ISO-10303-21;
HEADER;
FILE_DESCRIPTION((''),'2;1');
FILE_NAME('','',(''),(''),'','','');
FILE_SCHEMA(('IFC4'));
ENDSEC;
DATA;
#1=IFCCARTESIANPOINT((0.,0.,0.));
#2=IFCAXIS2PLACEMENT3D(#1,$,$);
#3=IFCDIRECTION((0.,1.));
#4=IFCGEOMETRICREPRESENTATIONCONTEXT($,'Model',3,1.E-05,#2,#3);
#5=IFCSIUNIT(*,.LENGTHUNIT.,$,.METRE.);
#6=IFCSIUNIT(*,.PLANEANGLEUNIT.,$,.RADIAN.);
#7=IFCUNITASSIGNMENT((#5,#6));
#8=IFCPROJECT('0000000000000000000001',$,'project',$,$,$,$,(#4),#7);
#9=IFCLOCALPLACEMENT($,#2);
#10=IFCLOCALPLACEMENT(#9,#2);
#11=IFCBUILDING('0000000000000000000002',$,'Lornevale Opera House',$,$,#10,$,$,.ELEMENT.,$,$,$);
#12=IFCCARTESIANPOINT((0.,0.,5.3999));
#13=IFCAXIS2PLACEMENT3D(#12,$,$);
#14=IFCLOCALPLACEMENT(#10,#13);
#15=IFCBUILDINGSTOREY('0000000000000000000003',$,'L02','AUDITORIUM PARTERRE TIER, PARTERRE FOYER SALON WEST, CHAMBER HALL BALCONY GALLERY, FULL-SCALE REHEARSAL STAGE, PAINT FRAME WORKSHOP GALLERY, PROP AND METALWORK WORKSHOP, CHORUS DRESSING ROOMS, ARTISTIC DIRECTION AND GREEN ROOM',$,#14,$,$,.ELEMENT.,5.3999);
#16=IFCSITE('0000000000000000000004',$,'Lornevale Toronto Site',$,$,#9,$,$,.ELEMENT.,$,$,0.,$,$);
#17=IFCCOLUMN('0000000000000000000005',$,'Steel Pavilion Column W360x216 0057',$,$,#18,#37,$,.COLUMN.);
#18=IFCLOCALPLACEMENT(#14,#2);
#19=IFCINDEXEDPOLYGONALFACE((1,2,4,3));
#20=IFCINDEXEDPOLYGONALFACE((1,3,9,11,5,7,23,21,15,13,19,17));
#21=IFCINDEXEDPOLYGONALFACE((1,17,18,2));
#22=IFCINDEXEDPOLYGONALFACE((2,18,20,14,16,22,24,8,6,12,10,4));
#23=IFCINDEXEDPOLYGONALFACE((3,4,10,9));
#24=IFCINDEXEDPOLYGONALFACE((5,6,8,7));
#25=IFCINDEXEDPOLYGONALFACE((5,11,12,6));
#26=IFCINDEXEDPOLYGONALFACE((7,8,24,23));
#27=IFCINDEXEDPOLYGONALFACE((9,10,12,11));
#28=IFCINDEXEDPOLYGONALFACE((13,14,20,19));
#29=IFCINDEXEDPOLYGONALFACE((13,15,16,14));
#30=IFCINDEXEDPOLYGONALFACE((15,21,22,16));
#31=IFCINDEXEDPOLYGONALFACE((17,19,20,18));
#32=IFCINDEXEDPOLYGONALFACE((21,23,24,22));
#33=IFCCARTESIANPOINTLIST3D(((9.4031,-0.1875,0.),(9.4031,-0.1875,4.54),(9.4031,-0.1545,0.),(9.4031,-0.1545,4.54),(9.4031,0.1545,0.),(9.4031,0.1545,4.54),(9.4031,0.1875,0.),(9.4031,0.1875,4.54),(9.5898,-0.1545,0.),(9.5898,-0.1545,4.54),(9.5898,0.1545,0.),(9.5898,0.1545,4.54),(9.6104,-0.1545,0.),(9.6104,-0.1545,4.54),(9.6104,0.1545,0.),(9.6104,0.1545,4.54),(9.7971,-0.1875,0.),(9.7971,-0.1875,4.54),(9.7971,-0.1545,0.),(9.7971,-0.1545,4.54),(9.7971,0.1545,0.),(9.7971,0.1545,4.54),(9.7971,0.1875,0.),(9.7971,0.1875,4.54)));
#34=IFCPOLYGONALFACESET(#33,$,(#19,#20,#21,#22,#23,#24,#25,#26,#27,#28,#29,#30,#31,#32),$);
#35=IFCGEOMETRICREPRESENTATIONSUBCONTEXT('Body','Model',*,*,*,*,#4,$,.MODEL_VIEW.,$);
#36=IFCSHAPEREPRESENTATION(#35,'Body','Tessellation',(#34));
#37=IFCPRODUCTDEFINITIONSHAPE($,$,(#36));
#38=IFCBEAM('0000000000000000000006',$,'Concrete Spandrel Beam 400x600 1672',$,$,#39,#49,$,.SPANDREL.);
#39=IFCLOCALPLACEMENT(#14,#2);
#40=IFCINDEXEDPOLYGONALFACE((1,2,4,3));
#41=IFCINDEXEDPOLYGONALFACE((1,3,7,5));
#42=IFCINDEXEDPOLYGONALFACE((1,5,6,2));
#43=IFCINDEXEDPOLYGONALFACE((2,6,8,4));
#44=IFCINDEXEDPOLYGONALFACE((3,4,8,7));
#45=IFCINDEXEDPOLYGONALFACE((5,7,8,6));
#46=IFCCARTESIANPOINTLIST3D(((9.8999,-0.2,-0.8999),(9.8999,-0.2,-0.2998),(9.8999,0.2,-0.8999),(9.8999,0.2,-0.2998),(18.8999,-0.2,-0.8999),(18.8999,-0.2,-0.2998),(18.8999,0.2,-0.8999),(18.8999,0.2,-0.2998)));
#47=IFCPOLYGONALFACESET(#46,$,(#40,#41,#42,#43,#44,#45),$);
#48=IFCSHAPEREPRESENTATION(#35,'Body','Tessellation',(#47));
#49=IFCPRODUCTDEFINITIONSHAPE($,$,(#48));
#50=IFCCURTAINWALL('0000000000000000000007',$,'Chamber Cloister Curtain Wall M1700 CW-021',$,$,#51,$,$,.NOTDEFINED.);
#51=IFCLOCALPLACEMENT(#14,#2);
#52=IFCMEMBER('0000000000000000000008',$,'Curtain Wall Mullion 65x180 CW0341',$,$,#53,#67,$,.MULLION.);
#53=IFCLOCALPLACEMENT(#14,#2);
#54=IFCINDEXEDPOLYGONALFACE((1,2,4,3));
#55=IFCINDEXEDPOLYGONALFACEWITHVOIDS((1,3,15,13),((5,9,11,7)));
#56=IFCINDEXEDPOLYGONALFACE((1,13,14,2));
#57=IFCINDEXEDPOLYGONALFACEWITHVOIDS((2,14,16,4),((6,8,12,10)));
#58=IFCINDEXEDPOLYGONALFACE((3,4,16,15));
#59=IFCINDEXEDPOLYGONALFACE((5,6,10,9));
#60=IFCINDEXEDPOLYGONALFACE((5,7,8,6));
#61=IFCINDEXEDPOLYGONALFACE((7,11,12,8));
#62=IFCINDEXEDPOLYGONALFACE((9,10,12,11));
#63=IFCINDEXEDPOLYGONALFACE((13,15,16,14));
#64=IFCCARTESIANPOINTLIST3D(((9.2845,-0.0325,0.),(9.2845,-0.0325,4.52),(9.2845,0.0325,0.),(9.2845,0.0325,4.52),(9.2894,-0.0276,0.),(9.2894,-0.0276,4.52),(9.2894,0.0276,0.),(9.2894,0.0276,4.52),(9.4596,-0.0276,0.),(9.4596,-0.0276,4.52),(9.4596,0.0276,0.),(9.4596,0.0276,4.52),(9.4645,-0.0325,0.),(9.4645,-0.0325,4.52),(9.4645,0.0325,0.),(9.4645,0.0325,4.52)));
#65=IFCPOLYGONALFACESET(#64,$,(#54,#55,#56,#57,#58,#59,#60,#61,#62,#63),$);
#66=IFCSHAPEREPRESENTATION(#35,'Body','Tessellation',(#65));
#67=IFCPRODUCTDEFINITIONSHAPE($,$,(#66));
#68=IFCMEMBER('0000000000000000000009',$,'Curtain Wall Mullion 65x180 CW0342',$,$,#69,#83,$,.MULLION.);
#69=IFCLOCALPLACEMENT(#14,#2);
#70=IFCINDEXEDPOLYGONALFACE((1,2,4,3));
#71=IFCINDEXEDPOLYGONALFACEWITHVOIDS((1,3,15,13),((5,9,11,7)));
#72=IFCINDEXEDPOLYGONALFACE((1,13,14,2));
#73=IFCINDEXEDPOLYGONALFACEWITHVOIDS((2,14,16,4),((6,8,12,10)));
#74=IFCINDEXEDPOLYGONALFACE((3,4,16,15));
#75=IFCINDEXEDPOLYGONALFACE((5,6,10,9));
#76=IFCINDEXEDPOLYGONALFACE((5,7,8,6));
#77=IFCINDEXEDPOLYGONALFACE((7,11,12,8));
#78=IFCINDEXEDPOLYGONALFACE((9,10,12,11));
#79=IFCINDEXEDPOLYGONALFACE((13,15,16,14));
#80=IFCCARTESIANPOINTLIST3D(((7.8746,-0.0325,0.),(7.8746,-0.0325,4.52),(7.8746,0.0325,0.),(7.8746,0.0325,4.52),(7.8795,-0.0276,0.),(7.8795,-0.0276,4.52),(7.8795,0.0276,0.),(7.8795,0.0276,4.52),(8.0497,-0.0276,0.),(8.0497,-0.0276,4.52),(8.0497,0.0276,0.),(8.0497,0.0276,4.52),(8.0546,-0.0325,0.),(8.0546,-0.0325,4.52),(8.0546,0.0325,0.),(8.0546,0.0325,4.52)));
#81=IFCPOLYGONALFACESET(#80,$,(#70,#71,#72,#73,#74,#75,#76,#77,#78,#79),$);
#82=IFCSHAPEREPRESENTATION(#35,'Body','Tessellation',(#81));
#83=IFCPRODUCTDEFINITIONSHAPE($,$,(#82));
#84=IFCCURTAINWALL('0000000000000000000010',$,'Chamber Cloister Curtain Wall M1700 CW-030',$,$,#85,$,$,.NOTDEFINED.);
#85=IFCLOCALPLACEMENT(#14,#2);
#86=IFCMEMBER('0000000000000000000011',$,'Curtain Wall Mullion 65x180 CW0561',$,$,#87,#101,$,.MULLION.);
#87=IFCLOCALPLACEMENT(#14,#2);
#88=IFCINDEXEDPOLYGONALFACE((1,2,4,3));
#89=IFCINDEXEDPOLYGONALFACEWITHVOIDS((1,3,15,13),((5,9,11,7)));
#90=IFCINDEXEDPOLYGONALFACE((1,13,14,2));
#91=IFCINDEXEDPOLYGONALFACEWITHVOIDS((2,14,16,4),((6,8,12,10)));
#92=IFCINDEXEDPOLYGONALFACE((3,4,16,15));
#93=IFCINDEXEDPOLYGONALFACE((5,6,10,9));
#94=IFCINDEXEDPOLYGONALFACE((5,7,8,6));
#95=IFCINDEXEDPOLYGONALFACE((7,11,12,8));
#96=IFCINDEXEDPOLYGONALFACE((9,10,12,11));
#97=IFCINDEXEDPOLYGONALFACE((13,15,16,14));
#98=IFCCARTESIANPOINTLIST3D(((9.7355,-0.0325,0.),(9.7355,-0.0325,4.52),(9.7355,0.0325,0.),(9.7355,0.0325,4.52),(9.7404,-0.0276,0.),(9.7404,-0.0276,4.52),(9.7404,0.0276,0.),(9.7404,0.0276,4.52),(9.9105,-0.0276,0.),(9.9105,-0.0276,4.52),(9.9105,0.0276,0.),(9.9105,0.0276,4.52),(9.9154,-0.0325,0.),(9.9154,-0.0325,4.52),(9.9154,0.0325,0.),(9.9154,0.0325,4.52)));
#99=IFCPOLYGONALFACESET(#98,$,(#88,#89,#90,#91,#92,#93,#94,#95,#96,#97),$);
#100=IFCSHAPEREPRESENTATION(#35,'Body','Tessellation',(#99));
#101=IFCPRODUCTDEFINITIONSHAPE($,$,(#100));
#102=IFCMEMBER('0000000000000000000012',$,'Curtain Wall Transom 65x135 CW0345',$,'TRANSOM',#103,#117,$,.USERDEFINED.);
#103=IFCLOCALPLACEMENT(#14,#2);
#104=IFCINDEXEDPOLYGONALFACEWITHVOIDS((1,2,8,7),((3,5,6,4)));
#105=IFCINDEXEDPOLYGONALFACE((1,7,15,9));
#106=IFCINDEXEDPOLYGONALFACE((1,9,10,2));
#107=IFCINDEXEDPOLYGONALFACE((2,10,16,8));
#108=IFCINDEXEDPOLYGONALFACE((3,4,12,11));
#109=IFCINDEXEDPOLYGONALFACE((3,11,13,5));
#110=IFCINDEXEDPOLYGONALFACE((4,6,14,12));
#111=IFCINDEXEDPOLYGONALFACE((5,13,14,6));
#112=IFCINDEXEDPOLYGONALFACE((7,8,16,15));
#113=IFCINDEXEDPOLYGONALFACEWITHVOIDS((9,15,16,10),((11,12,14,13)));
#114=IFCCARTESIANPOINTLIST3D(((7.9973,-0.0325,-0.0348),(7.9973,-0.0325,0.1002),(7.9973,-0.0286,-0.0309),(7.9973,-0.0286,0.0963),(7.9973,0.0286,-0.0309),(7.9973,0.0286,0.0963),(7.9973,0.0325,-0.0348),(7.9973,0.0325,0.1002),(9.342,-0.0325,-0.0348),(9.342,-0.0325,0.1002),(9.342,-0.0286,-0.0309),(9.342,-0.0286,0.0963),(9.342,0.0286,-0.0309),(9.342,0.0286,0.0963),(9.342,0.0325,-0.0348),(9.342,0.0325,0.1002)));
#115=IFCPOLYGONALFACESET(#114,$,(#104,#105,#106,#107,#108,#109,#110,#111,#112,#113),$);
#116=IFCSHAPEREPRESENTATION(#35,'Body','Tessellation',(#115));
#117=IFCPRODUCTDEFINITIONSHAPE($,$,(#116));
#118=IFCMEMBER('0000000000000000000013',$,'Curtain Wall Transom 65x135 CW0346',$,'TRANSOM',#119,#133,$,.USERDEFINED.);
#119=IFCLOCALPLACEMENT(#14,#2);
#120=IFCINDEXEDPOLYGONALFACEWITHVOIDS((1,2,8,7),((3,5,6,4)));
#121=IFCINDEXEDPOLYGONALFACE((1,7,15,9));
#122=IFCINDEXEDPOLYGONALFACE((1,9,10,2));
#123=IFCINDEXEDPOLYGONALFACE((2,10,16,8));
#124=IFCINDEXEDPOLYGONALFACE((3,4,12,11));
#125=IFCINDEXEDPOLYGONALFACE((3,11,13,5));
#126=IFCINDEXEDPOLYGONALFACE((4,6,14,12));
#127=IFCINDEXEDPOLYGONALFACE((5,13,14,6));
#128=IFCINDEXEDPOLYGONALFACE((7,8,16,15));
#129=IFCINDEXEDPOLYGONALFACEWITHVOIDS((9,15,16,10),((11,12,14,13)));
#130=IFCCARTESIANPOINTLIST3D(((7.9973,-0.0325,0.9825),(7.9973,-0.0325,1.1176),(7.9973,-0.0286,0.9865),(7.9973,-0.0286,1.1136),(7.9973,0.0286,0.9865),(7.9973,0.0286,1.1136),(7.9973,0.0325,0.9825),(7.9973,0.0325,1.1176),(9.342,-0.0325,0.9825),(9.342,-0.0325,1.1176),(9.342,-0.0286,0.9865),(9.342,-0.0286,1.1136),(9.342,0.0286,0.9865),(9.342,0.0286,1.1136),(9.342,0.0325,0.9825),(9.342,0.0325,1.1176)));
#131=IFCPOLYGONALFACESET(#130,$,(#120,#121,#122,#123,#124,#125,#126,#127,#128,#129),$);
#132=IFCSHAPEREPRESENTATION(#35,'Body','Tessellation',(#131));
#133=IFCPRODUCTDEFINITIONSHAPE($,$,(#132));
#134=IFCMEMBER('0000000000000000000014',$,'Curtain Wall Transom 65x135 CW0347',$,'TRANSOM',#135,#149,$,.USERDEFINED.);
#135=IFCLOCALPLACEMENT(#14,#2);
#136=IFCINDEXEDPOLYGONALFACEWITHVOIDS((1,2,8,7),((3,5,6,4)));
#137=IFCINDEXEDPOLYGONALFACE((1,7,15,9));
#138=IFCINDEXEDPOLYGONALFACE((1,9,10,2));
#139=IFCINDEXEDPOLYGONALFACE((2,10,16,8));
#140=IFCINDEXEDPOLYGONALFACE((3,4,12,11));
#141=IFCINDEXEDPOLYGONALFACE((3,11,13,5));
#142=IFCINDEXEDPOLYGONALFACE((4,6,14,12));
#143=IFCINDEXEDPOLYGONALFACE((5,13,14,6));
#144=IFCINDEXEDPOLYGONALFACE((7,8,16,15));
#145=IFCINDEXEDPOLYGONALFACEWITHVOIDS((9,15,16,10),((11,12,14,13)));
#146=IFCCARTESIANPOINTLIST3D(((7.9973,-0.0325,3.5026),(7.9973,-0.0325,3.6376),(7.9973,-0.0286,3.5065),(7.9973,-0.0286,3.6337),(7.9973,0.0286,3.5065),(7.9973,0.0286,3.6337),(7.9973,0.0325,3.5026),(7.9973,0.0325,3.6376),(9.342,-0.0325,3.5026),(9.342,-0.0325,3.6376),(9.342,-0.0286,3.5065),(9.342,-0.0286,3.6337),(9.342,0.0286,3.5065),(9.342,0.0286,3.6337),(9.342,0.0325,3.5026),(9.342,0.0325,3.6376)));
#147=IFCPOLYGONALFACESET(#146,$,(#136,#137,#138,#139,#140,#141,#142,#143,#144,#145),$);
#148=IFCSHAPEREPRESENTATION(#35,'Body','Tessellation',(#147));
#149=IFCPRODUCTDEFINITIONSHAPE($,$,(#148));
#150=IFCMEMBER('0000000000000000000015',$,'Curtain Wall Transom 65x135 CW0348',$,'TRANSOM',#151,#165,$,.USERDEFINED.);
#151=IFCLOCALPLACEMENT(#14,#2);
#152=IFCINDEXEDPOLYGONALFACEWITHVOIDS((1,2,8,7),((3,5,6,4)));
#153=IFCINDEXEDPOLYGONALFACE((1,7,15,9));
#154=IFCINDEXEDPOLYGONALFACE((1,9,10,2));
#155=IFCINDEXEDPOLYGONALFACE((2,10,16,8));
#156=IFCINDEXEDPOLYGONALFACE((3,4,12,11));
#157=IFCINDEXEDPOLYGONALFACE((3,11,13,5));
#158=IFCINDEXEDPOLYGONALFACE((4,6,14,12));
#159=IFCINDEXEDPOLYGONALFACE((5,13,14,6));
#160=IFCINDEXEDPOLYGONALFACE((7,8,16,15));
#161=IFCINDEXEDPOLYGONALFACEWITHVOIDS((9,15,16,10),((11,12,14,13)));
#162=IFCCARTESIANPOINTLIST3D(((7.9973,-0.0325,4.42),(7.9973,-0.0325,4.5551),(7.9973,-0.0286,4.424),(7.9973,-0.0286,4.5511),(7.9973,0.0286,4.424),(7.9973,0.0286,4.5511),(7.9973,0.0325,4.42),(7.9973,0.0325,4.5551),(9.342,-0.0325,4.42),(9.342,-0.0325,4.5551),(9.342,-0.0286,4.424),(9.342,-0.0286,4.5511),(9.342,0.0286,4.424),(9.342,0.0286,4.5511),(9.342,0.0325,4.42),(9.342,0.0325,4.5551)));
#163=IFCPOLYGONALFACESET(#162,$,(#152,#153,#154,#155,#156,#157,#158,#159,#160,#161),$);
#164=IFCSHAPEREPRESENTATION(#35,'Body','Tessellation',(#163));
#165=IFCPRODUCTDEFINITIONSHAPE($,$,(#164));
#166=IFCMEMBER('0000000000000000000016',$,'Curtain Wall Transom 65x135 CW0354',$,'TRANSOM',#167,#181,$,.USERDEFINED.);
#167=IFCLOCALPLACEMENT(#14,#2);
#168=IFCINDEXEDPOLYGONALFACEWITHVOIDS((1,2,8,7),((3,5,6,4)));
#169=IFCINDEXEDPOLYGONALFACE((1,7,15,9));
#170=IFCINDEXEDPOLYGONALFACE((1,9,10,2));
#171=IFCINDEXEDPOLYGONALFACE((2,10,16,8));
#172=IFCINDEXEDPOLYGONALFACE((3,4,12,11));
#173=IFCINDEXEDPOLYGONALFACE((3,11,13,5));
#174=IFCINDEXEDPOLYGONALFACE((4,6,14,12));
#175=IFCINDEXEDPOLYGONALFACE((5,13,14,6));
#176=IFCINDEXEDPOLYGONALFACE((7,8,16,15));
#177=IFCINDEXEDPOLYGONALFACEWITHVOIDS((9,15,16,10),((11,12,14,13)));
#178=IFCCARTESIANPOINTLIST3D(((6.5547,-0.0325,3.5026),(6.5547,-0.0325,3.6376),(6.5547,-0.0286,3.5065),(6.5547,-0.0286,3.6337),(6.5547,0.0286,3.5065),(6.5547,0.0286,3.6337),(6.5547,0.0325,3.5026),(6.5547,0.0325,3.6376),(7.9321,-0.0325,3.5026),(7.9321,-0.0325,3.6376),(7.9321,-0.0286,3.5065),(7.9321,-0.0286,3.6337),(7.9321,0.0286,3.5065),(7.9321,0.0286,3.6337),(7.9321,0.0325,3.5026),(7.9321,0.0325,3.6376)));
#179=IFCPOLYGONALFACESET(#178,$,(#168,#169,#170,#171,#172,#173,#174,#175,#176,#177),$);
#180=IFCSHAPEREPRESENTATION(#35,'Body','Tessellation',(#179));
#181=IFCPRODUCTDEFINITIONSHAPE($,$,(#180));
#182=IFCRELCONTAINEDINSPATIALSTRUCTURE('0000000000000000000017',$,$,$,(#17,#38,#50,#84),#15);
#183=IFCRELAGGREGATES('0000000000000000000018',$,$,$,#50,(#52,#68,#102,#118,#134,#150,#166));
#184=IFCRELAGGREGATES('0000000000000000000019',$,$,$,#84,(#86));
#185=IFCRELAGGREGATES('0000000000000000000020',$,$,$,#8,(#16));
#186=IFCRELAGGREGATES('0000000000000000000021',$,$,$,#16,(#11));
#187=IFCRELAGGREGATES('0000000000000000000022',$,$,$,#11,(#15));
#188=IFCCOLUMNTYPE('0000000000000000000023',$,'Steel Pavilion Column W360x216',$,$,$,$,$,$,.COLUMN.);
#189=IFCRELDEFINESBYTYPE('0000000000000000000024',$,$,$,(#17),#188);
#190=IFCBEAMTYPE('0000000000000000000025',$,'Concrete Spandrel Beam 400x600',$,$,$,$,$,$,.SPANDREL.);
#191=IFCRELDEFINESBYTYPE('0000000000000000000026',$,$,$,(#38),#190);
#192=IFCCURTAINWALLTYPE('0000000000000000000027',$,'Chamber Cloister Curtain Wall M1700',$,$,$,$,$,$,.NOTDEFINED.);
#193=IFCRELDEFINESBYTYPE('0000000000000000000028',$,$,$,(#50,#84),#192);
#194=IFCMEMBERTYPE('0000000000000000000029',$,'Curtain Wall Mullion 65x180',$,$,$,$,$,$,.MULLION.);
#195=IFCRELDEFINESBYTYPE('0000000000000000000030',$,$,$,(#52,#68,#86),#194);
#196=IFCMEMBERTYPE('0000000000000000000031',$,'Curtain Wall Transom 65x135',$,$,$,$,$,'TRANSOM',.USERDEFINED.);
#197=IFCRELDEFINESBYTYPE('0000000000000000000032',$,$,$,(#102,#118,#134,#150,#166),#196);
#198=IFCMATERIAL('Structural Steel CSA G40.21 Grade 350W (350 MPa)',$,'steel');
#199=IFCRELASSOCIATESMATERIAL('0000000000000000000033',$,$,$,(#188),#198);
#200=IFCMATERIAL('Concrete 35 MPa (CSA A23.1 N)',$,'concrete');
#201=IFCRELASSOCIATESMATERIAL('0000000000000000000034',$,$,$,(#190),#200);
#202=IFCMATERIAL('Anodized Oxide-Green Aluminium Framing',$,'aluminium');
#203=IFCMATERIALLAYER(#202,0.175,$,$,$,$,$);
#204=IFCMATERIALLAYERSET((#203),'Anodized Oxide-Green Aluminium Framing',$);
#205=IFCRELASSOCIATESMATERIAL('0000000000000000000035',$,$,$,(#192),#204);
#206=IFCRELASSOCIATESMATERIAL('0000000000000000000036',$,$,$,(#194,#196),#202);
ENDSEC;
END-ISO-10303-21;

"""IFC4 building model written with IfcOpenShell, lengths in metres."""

from ifc_helpers import new_model, si_unit, direction, frame, origin, origin_2d, place, context, subcontext, project, spatial, rectangle, hollow_rectangle, i_section, extrude, material, layer, layer_set, material_profile, profile_set, type_object, element, aggregate, save


model = new_model("IFC4")

# Units and contexts
model_context = context("Model", 3, precision=1e-05, world=origin(), true_north=direction((0.0, 1.0)))
body_context = subcontext(model_context, "Body", "Model", "MODEL_VIEW")
ifc_project = project(units=[si_unit("LENGTHUNIT", "METRE"), si_unit("PLANEANGLEUNIT", "RADIAN")], contexts=[model_context])

# Site, building, storey
site_placement = place(None, origin())
site = spatial("IfcSite", under=ifc_project, at=site_placement, Name="Lornevale Toronto Site", CompositionType="ELEMENT", RefElevation=0.0)
building_placement = place(site_placement, origin())
building = spatial("IfcBuilding", under=site, at=building_placement, Name="Lornevale Opera House", CompositionType="ELEMENT")
storey_placement = place(building_placement, frame((0.0, 0.0, 5.3999)))
storey = spatial("IfcBuildingStorey", under=building, at=storey_placement, Name="L02", Description="AUDITORIUM PARTERRE TIER, PARTERRE FOYER SALON WEST, CHAMBER HALL BALCONY GALLERY, FULL-SCALE REHEARSAL STAGE, PAINT FRAME WORKSHOP GALLERY, PROP AND METALWORK WORKSHOP, CHORUS DRESSING ROOMS, ARTISTIC DIRECTION AND GREEN ROOM", CompositionType="ELEMENT", Elevation=5.3999)

# Column
ifc_material_1 = material(Name="Structural Steel CSA G40.21 Grade 350W (350 MPa)", Category="steel")
ifc_material_profile_1 = material_profile(ifc_material_1, i_section(OverallWidth=0.394, OverallDepth=0.375, WebThickness=0.0205, FlangeThickness=0.033, at=origin_2d()), Name="W360x216")
ifc_profile_set_1 = profile_set([ifc_material_profile_1], Name="Structural Steel CSA G40.21 Grade 350W (350 MPa)")
column_type = type_object("IfcColumnType", Name="Steel Pavilion Column W360x216", PredefinedType="COLUMN", material=ifc_profile_set_1)
column_placement = place(storey_placement, frame((9.6001, 0.0, 0.0), z_axis=(0.0, 0.0, 1.0), x_axis=(1.0, 0.0, 0.0)))
element("IfcColumn", 1, at=column_placement, inside=storey, type_object=column_type, Name="Steel Pavilion Column W360x216 0057", PredefinedType="COLUMN", context=body_context, shape_type="SweptSolid", body=[
    extrude(i_section(OverallWidth=0.394, OverallDepth=0.375, WebThickness=0.0205, FlangeThickness=0.033, at=origin_2d()), origin(), (0.0, 0.0, 1.0), 4.54),
])

# Beam
ifc_material_2 = material(Name="Concrete 35 MPa (CSA A23.1 N)", Category="concrete")
ifc_material_profile_2 = material_profile(ifc_material_2, rectangle(XDim=0.3999, YDim=0.6001, at=origin_2d()), Name="RC400x600")
ifc_profile_set_2 = profile_set([ifc_material_profile_2], Name="Concrete 35 MPa (CSA A23.1 N)")
beam_type = type_object("IfcBeamType", Name="Concrete Spandrel Beam 400x600", PredefinedType="SPANDREL", material=ifc_profile_set_2)
beam_placement = place(storey_placement, frame((9.8999, 0.0, -0.5999), z_axis=(1.0, 0.0, 0.0), x_axis=(0.0, 1.0, 0.0)))
element("IfcBeam", 2, at=beam_placement, inside=storey, type_object=beam_type, Name="Concrete Spandrel Beam 400x600 1672", PredefinedType="SPANDREL", context=body_context, shape_type="SweptSolid", body=[
    extrude(rectangle(XDim=0.3999, YDim=0.6001, at=origin_2d()), origin(), (0.0, 0.0, 1.0), 9.0),
])

# Curtain wall, members
ifc_material_3 = material(Name="Anodized Oxide-Green Aluminium Framing", Category="aluminium")
ifc_layer_1 = layer(ifc_material_3, 0.175)
ifc_layer_set_1 = layer_set([ifc_layer_1], Name="Anodized Oxide-Green Aluminium Framing")
curtain_wall_type = type_object("IfcCurtainWallType", Name="Chamber Cloister Curtain Wall M1700", PredefinedType="NOTDEFINED", material=ifc_layer_set_1)
curtain_wall_1_placement = place(storey_placement, origin())
curtain_wall_1 = element("IfcCurtainWall", 3, at=curtain_wall_1_placement, inside=storey, type_object=curtain_wall_type, Name="Chamber Cloister Curtain Wall M1700 CW-021", PredefinedType="NOTDEFINED")
ifc_material_profile_3 = material_profile(ifc_material_3, hollow_rectangle(XDim=0.0649, YDim=0.1799, WallThickness=0.0049, at=origin_2d()), Name="ALU65x180x5")
ifc_profile_set_3 = profile_set([ifc_material_profile_3], Name="Anodized Oxide-Green Aluminium Framing")
member_type_1 = type_object("IfcMemberType", Name="Curtain Wall Mullion 65x180", PredefinedType="MULLION", material=ifc_profile_set_3)
member_1_placement = place(storey_placement, frame((9.3745, 0.0, 0.0), z_axis=(0.0, 0.0, 1.0), x_axis=(0.0, -1.0, 0.0)))
member_1 = element("IfcMember", 4, at=member_1_placement, type_object=member_type_1, Name="Curtain Wall Mullion 65x180 CW0341", PredefinedType="MULLION", context=body_context, shape_type="SweptSolid", body=[
    extrude(hollow_rectangle(XDim=0.0649, YDim=0.1799, WallThickness=0.0049, at=origin_2d()), origin(), (0.0, 0.0, 1.0), 4.52),
])
member_2_placement = place(storey_placement, frame((7.9646, 0.0, 0.0), z_axis=(0.0, 0.0, 1.0), x_axis=(0.0, -1.0, 0.0)))
member_2 = element("IfcMember", 5, at=member_2_placement, type_object=member_type_1, Name="Curtain Wall Mullion 65x180 CW0342", PredefinedType="MULLION", context=body_context, shape_type="SweptSolid", body=[
    extrude(hollow_rectangle(XDim=0.0649, YDim=0.1799, WallThickness=0.0049, at=origin_2d()), origin(), (0.0, 0.0, 1.0), 4.52),
])

# Curtain wall, member
curtain_wall_2_placement = place(storey_placement, origin())
curtain_wall_2 = element("IfcCurtainWall", 6, at=curtain_wall_2_placement, inside=storey, type_object=curtain_wall_type, Name="Chamber Cloister Curtain Wall M1700 CW-030", PredefinedType="NOTDEFINED")
member_3_placement = place(storey_placement, frame((9.8254, 0.0, 0.0), z_axis=(0.0, 0.0, 1.0), x_axis=(0.0, -1.0, 0.0)))
member_3 = element("IfcMember", 7, at=member_3_placement, type_object=member_type_1, Name="Curtain Wall Mullion 65x180 CW0561", PredefinedType="MULLION", context=body_context, shape_type="SweptSolid", body=[
    extrude(hollow_rectangle(XDim=0.0649, YDim=0.1799, WallThickness=0.0049, at=origin_2d()), origin(), (0.0, 0.0, 1.0), 4.52),
])

# Members
ifc_material_profile_4 = material_profile(ifc_material_3, hollow_rectangle(XDim=0.0649, YDim=0.135, WallThickness=0.0039, at=origin_2d()), Name="ALU65x135x4")
ifc_profile_set_4 = profile_set([ifc_material_profile_4], Name="Anodized Oxide-Green Aluminium Framing")
member_type_2 = type_object("IfcMemberType", Name="Curtain Wall Transom 65x135", ElementType="TRANSOM", PredefinedType="USERDEFINED", material=ifc_profile_set_4)
member_4_placement = place(storey_placement, frame((9.342, 0.0, 0.0327), z_axis=(-1.0, 0.0, 0.0), x_axis=(0.0, -1.0, 0.0)))
member_4 = element("IfcMember", 8, at=member_4_placement, type_object=member_type_2, Name="Curtain Wall Transom 65x135 CW0345", ObjectType="TRANSOM", PredefinedType="USERDEFINED", context=body_context, shape_type="SweptSolid", body=[
    extrude(hollow_rectangle(XDim=0.0649, YDim=0.135, WallThickness=0.0039, at=origin_2d()), origin(), (0.0, 0.0, 1.0), 1.3447),
])
member_5_placement = place(storey_placement, frame((9.342, 0.0, 1.05), z_axis=(-1.0, 0.0, 0.0), x_axis=(0.0, -1.0, 0.0)))
member_5 = element("IfcMember", 9, at=member_5_placement, type_object=member_type_2, Name="Curtain Wall Transom 65x135 CW0346", ObjectType="TRANSOM", PredefinedType="USERDEFINED", context=body_context, shape_type="SweptSolid", body=[
    extrude(hollow_rectangle(XDim=0.0649, YDim=0.135, WallThickness=0.0039, at=origin_2d()), origin(), (0.0, 0.0, 1.0), 1.3447),
])
member_6_placement = place(storey_placement, frame((9.342, 0.0, 3.5701), z_axis=(-1.0, 0.0, 0.0), x_axis=(0.0, -1.0, 0.0)))
member_6 = element("IfcMember", 10, at=member_6_placement, type_object=member_type_2, Name="Curtain Wall Transom 65x135 CW0347", ObjectType="TRANSOM", PredefinedType="USERDEFINED", context=body_context, shape_type="SweptSolid", body=[
    extrude(hollow_rectangle(XDim=0.0649, YDim=0.135, WallThickness=0.0039, at=origin_2d()), origin(), (0.0, 0.0, 1.0), 1.3447),
])
member_7_placement = place(storey_placement, frame((9.342, 0.0, 4.4875), z_axis=(-1.0, 0.0, 0.0), x_axis=(0.0, -1.0, 0.0)))
member_7 = element("IfcMember", 11, at=member_7_placement, type_object=member_type_2, Name="Curtain Wall Transom 65x135 CW0348", ObjectType="TRANSOM", PredefinedType="USERDEFINED", context=body_context, shape_type="SweptSolid", body=[
    extrude(hollow_rectangle(XDim=0.0649, YDim=0.135, WallThickness=0.0039, at=origin_2d()), origin(), (0.0, 0.0, 1.0), 1.3447),
])
member_8_placement = place(storey_placement, frame((7.9321, 0.0, 3.5701), z_axis=(-1.0, 0.0, 0.0), x_axis=(0.0, -1.0, 0.0)))
member_8 = element("IfcMember", 12, at=member_8_placement, type_object=member_type_2, Name="Curtain Wall Transom 65x135 CW0354", ObjectType="TRANSOM", PredefinedType="USERDEFINED", context=body_context, shape_type="SweptSolid", body=[
    extrude(hollow_rectangle(XDim=0.0649, YDim=0.135, WallThickness=0.0039, at=origin_2d()), origin(), (0.0, 0.0, 1.0), 1.3774),
])

aggregate(curtain_wall_1, [member_1, member_2, member_4, member_5, member_6, member_7, member_8])
aggregate(curtain_wall_2, [member_3])

save(model, "model.ifc")
